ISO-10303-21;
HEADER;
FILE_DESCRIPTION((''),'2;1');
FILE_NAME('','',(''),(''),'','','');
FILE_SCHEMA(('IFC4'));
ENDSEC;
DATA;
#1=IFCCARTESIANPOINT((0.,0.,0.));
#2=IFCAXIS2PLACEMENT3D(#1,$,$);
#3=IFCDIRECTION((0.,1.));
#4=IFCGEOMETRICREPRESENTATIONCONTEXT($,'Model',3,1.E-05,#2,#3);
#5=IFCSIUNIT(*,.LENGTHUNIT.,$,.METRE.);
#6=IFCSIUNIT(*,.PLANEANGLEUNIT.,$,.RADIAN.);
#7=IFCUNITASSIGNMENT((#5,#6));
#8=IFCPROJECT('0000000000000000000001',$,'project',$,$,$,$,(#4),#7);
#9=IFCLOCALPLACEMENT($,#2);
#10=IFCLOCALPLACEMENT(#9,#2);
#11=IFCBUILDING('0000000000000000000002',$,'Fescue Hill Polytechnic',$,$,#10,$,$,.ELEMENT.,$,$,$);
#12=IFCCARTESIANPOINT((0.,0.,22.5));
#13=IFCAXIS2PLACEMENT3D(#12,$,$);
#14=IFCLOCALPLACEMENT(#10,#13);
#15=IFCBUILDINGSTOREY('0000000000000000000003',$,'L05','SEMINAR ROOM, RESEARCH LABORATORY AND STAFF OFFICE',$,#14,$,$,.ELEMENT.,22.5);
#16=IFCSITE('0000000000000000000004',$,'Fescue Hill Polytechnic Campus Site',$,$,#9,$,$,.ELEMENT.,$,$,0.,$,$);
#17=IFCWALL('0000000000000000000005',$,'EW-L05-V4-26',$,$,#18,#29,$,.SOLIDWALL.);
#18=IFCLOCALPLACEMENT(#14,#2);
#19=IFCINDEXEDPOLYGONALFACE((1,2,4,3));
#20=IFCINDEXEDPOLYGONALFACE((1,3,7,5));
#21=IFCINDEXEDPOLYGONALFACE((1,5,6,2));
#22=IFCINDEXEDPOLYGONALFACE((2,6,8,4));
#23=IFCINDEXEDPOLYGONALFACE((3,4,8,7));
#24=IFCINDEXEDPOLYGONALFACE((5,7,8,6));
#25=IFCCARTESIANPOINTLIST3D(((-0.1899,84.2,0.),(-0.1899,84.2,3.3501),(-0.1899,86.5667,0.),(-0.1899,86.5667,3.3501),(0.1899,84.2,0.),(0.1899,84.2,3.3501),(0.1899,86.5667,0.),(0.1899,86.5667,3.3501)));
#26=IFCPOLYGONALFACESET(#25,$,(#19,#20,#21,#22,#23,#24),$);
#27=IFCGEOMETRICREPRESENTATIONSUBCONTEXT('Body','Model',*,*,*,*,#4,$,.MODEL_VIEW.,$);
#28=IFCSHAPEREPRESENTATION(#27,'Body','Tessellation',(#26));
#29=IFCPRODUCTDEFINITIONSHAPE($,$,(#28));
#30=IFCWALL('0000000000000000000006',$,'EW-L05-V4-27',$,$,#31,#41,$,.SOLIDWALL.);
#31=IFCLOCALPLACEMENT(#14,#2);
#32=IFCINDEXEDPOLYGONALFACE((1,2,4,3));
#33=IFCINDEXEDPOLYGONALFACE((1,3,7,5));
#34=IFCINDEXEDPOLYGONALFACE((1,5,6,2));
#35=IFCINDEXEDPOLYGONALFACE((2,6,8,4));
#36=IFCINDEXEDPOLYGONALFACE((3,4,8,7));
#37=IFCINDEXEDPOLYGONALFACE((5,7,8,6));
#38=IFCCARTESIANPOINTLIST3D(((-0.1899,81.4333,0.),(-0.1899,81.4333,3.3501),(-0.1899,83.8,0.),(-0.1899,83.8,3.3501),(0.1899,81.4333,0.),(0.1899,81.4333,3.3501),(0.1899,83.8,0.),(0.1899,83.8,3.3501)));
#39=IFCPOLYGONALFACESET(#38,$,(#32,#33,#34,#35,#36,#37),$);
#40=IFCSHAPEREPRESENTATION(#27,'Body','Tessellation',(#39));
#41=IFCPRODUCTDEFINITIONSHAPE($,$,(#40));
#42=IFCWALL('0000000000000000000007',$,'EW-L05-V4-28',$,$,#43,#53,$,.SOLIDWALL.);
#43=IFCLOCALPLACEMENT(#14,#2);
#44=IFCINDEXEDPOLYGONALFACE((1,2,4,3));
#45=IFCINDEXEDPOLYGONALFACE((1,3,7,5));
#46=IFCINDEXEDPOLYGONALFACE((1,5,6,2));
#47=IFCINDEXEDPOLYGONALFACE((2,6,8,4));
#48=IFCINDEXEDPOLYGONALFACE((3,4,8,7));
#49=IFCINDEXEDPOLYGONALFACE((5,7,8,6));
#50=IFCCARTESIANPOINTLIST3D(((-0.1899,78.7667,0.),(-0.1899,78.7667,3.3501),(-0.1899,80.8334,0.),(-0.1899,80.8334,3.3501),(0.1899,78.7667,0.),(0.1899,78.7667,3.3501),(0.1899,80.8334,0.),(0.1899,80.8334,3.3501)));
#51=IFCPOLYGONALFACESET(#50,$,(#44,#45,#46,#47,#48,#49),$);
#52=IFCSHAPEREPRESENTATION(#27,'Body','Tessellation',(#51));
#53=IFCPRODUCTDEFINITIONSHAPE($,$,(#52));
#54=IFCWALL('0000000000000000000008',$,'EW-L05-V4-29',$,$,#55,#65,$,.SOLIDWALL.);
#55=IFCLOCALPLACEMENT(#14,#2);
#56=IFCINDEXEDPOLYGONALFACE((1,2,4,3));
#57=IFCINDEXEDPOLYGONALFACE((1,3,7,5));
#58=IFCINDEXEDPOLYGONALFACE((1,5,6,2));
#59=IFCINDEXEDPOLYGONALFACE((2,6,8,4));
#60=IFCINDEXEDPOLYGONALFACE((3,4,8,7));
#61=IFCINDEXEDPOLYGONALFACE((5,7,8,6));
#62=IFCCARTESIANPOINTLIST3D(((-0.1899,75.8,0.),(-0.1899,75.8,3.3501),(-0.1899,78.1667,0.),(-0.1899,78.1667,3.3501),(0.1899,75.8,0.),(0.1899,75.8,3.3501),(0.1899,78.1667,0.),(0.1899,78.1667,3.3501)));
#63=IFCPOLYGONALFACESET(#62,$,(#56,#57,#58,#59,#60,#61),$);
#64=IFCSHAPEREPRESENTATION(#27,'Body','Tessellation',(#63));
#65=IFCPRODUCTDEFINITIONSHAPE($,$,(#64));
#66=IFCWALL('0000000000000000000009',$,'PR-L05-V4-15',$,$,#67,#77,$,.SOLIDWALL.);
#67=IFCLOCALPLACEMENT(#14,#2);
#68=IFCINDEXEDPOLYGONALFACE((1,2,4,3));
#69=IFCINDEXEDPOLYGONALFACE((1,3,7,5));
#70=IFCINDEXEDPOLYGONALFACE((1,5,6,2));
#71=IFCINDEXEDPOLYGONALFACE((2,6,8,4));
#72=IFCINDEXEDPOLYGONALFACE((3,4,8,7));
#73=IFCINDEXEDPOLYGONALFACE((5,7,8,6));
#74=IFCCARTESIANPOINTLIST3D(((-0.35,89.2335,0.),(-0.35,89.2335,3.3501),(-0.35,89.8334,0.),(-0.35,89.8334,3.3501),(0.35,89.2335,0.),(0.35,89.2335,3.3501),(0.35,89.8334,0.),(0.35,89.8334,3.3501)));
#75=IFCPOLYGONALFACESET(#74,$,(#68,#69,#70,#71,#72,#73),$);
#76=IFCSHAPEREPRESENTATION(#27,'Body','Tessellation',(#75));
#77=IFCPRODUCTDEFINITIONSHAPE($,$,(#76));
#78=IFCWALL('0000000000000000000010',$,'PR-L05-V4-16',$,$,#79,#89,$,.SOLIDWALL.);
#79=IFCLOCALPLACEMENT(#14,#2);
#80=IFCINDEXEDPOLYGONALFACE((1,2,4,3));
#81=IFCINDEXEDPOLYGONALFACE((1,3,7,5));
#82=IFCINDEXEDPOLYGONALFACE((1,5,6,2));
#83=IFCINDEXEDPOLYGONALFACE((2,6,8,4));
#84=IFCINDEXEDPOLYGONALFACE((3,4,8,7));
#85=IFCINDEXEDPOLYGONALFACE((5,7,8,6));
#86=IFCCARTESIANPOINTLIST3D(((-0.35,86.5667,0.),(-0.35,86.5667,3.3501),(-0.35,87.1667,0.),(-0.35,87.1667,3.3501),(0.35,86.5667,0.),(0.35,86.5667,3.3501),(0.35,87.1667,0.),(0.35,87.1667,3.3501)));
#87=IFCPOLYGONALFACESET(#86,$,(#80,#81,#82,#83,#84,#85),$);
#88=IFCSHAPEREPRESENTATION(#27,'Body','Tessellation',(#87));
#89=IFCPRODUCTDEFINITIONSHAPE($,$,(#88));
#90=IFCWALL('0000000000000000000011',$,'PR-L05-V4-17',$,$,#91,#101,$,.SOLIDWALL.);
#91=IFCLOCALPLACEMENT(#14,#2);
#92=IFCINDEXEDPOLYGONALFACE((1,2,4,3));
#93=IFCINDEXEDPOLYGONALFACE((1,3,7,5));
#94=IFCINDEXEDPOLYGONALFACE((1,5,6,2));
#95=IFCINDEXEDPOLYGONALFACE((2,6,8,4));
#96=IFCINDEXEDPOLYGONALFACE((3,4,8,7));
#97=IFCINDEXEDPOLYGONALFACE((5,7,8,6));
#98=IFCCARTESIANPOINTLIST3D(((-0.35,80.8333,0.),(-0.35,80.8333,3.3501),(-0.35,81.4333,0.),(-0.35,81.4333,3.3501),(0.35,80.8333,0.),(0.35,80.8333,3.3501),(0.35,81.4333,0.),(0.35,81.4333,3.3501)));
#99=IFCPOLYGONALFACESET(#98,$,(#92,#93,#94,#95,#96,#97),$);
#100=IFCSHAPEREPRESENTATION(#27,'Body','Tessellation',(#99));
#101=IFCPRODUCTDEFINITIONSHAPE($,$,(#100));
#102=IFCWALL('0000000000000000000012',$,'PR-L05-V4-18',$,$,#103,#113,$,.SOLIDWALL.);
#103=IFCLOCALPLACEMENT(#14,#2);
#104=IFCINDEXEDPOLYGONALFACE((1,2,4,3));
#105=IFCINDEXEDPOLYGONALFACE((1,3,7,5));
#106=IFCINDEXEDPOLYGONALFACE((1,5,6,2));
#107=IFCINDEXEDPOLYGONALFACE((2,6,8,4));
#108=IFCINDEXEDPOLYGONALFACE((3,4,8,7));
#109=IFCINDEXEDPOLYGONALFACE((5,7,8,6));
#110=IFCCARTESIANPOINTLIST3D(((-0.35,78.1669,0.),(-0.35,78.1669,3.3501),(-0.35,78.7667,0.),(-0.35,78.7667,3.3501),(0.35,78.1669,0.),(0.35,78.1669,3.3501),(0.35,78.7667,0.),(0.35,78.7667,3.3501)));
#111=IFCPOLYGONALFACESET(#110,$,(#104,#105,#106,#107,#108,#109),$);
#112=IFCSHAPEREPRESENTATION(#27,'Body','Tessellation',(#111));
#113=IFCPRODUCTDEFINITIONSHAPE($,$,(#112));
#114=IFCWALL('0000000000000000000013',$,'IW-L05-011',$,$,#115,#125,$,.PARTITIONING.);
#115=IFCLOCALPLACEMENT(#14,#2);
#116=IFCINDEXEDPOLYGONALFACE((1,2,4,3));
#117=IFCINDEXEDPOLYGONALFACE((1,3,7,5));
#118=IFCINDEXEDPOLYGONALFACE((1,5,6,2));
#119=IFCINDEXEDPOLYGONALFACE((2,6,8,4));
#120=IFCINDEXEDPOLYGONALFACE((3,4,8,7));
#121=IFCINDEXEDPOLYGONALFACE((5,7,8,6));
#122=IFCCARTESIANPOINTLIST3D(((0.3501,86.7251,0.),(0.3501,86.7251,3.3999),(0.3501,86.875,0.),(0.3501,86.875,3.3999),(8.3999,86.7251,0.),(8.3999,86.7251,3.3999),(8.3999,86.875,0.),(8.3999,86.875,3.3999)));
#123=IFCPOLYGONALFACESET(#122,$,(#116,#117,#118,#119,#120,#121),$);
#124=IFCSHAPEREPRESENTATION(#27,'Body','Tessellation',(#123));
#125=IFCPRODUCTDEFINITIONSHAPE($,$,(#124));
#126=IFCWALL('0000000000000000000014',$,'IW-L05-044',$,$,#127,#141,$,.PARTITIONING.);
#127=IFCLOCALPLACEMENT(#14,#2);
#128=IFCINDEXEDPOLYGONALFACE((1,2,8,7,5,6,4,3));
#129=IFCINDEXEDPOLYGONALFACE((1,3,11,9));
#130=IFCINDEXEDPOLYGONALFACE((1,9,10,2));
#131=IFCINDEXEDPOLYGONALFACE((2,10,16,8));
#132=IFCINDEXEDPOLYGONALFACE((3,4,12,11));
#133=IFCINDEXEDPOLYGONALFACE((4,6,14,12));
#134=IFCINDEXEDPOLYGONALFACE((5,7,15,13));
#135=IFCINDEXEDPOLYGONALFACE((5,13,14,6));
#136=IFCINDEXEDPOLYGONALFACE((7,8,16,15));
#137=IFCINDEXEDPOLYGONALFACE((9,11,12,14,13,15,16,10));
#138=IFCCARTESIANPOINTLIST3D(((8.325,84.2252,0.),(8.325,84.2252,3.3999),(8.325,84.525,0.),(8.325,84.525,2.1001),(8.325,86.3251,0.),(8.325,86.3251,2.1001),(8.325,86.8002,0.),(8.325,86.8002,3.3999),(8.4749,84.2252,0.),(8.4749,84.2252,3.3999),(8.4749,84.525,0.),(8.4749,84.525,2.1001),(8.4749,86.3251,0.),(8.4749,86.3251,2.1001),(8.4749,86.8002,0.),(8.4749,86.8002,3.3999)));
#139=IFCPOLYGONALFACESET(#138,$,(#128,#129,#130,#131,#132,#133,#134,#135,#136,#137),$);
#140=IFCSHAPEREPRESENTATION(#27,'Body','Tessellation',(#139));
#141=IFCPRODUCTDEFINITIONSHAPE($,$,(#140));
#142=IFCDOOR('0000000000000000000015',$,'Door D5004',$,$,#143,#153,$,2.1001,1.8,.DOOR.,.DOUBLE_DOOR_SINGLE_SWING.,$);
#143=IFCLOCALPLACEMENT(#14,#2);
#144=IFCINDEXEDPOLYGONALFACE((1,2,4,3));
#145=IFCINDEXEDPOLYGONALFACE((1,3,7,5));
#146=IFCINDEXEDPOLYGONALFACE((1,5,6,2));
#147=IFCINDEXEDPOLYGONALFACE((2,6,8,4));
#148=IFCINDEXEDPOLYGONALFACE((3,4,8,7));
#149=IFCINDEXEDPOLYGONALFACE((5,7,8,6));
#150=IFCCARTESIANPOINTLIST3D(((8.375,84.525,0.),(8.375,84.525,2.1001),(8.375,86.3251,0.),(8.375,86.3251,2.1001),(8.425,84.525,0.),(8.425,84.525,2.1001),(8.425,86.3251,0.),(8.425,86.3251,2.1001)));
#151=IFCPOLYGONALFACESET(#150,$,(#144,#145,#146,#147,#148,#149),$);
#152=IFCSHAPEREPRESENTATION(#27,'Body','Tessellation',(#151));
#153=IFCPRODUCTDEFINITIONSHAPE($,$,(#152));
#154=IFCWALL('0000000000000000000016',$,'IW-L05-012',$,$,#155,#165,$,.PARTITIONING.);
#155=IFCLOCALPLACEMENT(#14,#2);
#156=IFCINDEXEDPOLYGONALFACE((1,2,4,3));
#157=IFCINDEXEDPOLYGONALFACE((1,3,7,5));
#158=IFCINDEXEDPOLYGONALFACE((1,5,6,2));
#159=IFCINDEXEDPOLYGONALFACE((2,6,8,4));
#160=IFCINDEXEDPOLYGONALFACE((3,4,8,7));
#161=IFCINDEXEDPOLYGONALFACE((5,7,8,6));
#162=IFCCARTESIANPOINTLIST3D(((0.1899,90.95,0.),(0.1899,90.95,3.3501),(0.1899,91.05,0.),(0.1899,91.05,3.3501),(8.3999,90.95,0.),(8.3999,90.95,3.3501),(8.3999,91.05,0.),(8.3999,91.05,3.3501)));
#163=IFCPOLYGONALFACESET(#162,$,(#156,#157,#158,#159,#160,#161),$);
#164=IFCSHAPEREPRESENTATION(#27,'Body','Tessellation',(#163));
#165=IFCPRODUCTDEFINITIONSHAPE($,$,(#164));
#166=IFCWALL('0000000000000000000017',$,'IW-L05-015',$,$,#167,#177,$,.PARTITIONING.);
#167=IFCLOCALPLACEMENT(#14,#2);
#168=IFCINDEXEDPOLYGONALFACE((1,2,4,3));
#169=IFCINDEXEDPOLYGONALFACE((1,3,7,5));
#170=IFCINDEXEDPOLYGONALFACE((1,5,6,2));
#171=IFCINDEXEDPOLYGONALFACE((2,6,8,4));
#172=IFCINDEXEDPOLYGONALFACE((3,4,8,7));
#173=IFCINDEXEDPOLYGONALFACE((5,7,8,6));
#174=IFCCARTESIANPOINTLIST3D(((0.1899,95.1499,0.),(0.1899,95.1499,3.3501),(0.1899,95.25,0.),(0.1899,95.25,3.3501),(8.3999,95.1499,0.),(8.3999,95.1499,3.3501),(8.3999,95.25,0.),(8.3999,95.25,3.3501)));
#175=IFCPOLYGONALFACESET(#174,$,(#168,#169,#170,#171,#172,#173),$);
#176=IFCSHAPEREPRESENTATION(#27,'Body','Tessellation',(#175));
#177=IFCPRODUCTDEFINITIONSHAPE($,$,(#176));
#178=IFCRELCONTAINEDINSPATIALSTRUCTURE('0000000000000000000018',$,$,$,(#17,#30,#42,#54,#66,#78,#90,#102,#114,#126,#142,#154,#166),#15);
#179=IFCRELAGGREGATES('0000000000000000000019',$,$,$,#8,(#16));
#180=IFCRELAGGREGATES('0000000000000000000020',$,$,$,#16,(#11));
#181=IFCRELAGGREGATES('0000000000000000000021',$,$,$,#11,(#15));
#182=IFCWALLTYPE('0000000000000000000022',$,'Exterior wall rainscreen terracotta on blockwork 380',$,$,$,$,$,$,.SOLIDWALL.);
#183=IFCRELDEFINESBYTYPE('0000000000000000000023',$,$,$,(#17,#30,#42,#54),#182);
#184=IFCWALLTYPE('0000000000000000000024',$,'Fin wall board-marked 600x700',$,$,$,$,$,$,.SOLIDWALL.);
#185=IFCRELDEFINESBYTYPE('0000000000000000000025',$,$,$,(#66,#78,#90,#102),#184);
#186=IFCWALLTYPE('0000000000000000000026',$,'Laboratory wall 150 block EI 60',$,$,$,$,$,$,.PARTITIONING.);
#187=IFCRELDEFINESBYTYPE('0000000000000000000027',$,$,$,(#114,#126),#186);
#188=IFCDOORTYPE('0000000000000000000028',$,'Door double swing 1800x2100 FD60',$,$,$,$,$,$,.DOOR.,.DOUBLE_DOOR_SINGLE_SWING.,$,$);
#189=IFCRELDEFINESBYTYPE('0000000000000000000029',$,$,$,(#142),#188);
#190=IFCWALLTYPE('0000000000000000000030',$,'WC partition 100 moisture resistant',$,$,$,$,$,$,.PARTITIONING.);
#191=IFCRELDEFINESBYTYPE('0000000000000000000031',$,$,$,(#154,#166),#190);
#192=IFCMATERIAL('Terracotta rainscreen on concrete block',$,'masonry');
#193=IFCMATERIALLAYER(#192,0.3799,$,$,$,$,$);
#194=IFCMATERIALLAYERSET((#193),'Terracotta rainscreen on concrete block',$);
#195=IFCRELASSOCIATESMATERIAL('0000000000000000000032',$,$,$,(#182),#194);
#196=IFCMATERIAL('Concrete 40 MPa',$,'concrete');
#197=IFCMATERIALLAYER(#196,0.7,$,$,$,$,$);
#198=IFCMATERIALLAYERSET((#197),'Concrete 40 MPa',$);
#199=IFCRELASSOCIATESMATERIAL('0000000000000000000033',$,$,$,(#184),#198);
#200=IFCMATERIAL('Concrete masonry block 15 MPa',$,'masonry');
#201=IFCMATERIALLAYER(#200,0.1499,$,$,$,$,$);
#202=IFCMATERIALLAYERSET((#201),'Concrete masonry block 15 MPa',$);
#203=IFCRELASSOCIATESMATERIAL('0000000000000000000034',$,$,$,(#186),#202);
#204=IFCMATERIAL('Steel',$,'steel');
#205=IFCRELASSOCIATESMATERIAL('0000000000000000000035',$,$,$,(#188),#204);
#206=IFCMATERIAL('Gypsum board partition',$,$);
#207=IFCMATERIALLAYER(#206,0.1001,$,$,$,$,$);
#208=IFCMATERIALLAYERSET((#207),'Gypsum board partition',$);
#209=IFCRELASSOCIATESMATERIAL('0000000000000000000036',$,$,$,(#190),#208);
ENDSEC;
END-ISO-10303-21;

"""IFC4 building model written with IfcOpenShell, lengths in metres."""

from ifc_helpers import new_model, si_unit, direction, frame, frame_2d, origin, place, context, subcontext, project, spatial, rectangle, extrude, material, layer, layer_set, type_object, element, fill, save


model = new_model("IFC4")

# Units and contexts
model_context = context("Model", 3, precision=1e-05, world=origin(), true_north=direction((0.0, 1.0)))
body_context = subcontext(model_context, "Body", "Model", "MODEL_VIEW")
ifc_project = project(units=[si_unit("LENGTHUNIT", "METRE"), si_unit("PLANEANGLEUNIT", "RADIAN")], contexts=[model_context])

# Site, building, storey
site_placement = place(None, origin())
site = spatial("IfcSite", under=ifc_project, at=site_placement, Name="Fescue Hill Polytechnic Campus Site", CompositionType="ELEMENT", RefElevation=0.0)
building_placement = place(site_placement, origin())
building = spatial("IfcBuilding", under=site, at=building_placement, Name="Fescue Hill Polytechnic", CompositionType="ELEMENT")
storey_placement = place(building_placement, frame((0.0, 0.0, 22.5)))
storey = spatial("IfcBuildingStorey", under=building, at=storey_placement, Name="L05", Description="SEMINAR ROOM, RESEARCH LABORATORY AND STAFF OFFICE", CompositionType="ELEMENT", Elevation=22.5)

# Shared definitions
ifc_material_1 = material(Name="Concrete 40 MPa", Category="concrete")

# Shared definitions
ifc_material_2 = material(Name="Terracotta rainscreen on concrete block", Category="masonry")
ifc_layer_1 = layer(ifc_material_2, 0.3799)
ifc_layer_set_1 = layer_set([ifc_layer_1], Name="Terracotta rainscreen on concrete block")
wall_type_1 = type_object("IfcWallType", Name="Exterior wall rainscreen terracotta on blockwork 380", PredefinedType="SOLIDWALL", material=ifc_layer_set_1)

# Walls
for number, where, z_axis, x_axis, name in (
    (1, (0.0, 86.5667, 0.0), (0.0, 0.0, 1.0), (0.0, -1.0, 0.0), "EW-L05-V4-26"),
    (2, (0.0, 83.8, 0.0), (0.0, 0.0, 1.0), (0.0, -1.0, 0.0), "EW-L05-V4-27"),
):
    element("IfcWall", number, at=place(storey_placement, frame(where, z_axis=z_axis, x_axis=x_axis)), inside=storey, type_object=wall_type_1, Name=name, PredefinedType="SOLIDWALL", context=body_context, shape_type="SweptSolid", body=[
        extrude(rectangle(XDim=2.3667, YDim=0.3799, at=frame_2d((1.1833, 0.0))), origin(), (0.0, 0.0, 1.0), 3.3501),
    ])
wall_1_placement = place(storey_placement, frame((0.0, 80.8333, 0.0), z_axis=(0.0, 0.0, 1.0), x_axis=(0.0, -1.0, 0.0)))
element("IfcWall", 3, at=wall_1_placement, inside=storey, type_object=wall_type_1, Name="EW-L05-V4-28", PredefinedType="SOLIDWALL", context=body_context, shape_type="SweptSolid", body=[
    extrude(rectangle(XDim=2.0667, YDim=0.3799, at=frame_2d((1.0332, 0.0))), origin(), (0.0, 0.0, 1.0), 3.3501),
])
wall_2_placement = place(storey_placement, frame((0.0, 78.1667, 0.0), z_axis=(0.0, 0.0, 1.0), x_axis=(0.0, -1.0, 0.0)))
element("IfcWall", 4, at=wall_2_placement, inside=storey, type_object=wall_type_1, Name="EW-L05-V4-29", PredefinedType="SOLIDWALL", context=body_context, shape_type="SweptSolid", body=[
    extrude(rectangle(XDim=2.3667, YDim=0.3799, at=frame_2d((1.1833, 0.0))), origin(), (0.0, 0.0, 1.0), 3.3501),
])
ifc_layer_2 = layer(ifc_material_1, 0.7)
ifc_layer_set_2 = layer_set([ifc_layer_2], Name="Concrete 40 MPa")
wall_type_2 = type_object("IfcWallType", Name="Fin wall board-marked 600x700", PredefinedType="SOLIDWALL", material=ifc_layer_set_2)
wall_3_placement = place(storey_placement, frame((0.0, 89.8333, 0.0), z_axis=(0.0, 0.0, 1.0), x_axis=(0.0, -1.0, 0.0)))
element("IfcWall", 5, at=wall_3_placement, inside=storey, type_object=wall_type_2, Name="PR-L05-V4-15", PredefinedType="SOLIDWALL", context=body_context, shape_type="SweptSolid", body=[
    extrude(rectangle(XDim=0.5999, YDim=0.7, at=frame_2d((0.2998, 0.0))), origin(), (0.0, 0.0, 1.0), 3.3501),
])
for number, where, z_axis, x_axis, name in (
    (6, (0.0, 87.1667, 0.0), (0.0, 0.0, 1.0), (0.0, -1.0, 0.0), "PR-L05-V4-16"),
    (7, (0.0, 81.4333, 0.0), (0.0, 0.0, 1.0), (0.0, -1.0, 0.0), "PR-L05-V4-17"),
):
    element("IfcWall", number, at=place(storey_placement, frame(where, z_axis=z_axis, x_axis=x_axis)), inside=storey, type_object=wall_type_2, Name=name, PredefinedType="SOLIDWALL", context=body_context, shape_type="SweptSolid", body=[
        extrude(rectangle(XDim=0.6001, YDim=0.7, at=frame_2d((0.3, 0.0))), origin(), (0.0, 0.0, 1.0), 3.3501),
    ])
wall_4_placement = place(storey_placement, frame((0.0, 78.7666, 0.0), z_axis=(0.0, 0.0, 1.0), x_axis=(0.0, -1.0, 0.0)))
element("IfcWall", 8, at=wall_4_placement, inside=storey, type_object=wall_type_2, Name="PR-L05-V4-18", PredefinedType="SOLIDWALL", context=body_context, shape_type="SweptSolid", body=[
    extrude(rectangle(XDim=0.5999, YDim=0.7, at=frame_2d((0.2998, 0.0))), origin(), (0.0, 0.0, 1.0), 3.3501),
])
ifc_material_3 = material(Name="Concrete masonry block 15 MPa", Category="masonry")
ifc_layer_3 = layer(ifc_material_3, 0.1499)
ifc_layer_set_3 = layer_set([ifc_layer_3], Name="Concrete masonry block 15 MPa")
wall_type_3 = type_object("IfcWallType", Name="Laboratory wall 150 block EI 60", PredefinedType="PARTITIONING", material=ifc_layer_set_3)
wall_5_placement = place(storey_placement, frame((0.3501, 86.8, 0.0), z_axis=(0.0, 0.0, 1.0), x_axis=(1.0, 0.0, 0.0)))
element("IfcWall", 9, at=wall_5_placement, inside=storey, type_object=wall_type_3, Name="IW-L05-011", PredefinedType="PARTITIONING", context=body_context, shape_type="SweptSolid", body=[
    extrude(rectangle(XDim=8.0498, YDim=0.1499, at=frame_2d((4.0249, 0.0))), origin(), (0.0, 0.0, 1.0), 3.3999),
])

# Wall, opening, door
wall_6_placement = place(storey_placement, frame((8.3999, 84.2251, 0.0), z_axis=(0.0, 0.0, 1.0), x_axis=(0.0, 1.0, 0.0)))
wall_6 = element("IfcWall", 10, at=wall_6_placement, inside=storey, type_object=wall_type_3, Name="IW-L05-044", PredefinedType="PARTITIONING", context=body_context, shape_type="SweptSolid", body=[
    extrude(rectangle(XDim=2.575, YDim=0.1499, at=frame_2d((1.2876, 0.0))), origin(), (0.0, 0.0, 1.0), 3.3999),
])
opening_1_placement = place(wall_6_placement, frame((0.3, 0.0, 0.0)))
opening_1 = element("IfcOpeningElement", 11, at=opening_1_placement, cuts=wall_6, PredefinedType="OPENING", context=body_context, shape_type="SweptSolid", body=[
    extrude(rectangle(XDim=1.8, YDim=2.1001, at=frame_2d((0.8999, 1.05))), frame((0.0, 0.085, 0.0), z_axis=(0.0, -1.0, 0.0), x_axis=(1.0, 0.0, 0.0)), (0.0, 0.0, 1.0), 0.1699),
])
ifc_material_4 = material(Name="Steel", Category="steel")
door_type_1 = type_object("IfcDoorType", Name="Door double swing 1800x2100 FD60", OperationType="DOUBLE_DOOR_SINGLE_SWING", PredefinedType="DOOR", material=ifc_material_4)
door_1_placement = place(opening_1_placement, origin())
door_1 = element("IfcDoor", 12, at=door_1_placement, inside=storey, type_object=door_type_1, Name="Door D5004", OperationType="DOUBLE_DOOR_SINGLE_SWING", OverallHeight=2.1001, OverallWidth=1.8, PredefinedType="DOOR", context=body_context, shape_type="SweptSolid", body=[
    extrude(rectangle(XDim=1.8, YDim=2.1001, at=frame_2d((0.8999, 1.05))), frame((0.0, 0.0249, 0.0), z_axis=(0.0, -1.0, 0.0), x_axis=(1.0, 0.0, 0.0)), (0.0, 0.0, 1.0), 0.05),
])
fill(opening_1, door_1)

# Walls
ifc_material_5 = material(Name="Gypsum board partition")
ifc_layer_4 = layer(ifc_material_5, 0.1001)
ifc_layer_set_4 = layer_set([ifc_layer_4], Name="Gypsum board partition")
wall_type_4 = type_object("IfcWallType", Name="WC partition 100 moisture resistant", PredefinedType="PARTITIONING", material=ifc_layer_set_4)
for number, where, z_axis, x_axis, name in (
    (13, (0.1899, 91.0, 0.0), (0.0, 0.0, 1.0), (1.0, 0.0, 0.0), "IW-L05-012"),
    (14, (0.1899, 95.2, 0.0), (0.0, 0.0, 1.0), (1.0, 0.0, 0.0), "IW-L05-015"),
):
    element("IfcWall", number, at=place(storey_placement, frame(where, z_axis=z_axis, x_axis=x_axis)), inside=storey, type_object=wall_type_4, Name=name, PredefinedType="PARTITIONING", context=body_context, shape_type="SweptSolid", body=[
        extrude(rectangle(XDim=8.21, YDim=0.1001, at=frame_2d((4.105, 0.0))), origin(), (0.0, 0.0, 1.0), 3.3501),
    ])

save(model, "model.ifc")
